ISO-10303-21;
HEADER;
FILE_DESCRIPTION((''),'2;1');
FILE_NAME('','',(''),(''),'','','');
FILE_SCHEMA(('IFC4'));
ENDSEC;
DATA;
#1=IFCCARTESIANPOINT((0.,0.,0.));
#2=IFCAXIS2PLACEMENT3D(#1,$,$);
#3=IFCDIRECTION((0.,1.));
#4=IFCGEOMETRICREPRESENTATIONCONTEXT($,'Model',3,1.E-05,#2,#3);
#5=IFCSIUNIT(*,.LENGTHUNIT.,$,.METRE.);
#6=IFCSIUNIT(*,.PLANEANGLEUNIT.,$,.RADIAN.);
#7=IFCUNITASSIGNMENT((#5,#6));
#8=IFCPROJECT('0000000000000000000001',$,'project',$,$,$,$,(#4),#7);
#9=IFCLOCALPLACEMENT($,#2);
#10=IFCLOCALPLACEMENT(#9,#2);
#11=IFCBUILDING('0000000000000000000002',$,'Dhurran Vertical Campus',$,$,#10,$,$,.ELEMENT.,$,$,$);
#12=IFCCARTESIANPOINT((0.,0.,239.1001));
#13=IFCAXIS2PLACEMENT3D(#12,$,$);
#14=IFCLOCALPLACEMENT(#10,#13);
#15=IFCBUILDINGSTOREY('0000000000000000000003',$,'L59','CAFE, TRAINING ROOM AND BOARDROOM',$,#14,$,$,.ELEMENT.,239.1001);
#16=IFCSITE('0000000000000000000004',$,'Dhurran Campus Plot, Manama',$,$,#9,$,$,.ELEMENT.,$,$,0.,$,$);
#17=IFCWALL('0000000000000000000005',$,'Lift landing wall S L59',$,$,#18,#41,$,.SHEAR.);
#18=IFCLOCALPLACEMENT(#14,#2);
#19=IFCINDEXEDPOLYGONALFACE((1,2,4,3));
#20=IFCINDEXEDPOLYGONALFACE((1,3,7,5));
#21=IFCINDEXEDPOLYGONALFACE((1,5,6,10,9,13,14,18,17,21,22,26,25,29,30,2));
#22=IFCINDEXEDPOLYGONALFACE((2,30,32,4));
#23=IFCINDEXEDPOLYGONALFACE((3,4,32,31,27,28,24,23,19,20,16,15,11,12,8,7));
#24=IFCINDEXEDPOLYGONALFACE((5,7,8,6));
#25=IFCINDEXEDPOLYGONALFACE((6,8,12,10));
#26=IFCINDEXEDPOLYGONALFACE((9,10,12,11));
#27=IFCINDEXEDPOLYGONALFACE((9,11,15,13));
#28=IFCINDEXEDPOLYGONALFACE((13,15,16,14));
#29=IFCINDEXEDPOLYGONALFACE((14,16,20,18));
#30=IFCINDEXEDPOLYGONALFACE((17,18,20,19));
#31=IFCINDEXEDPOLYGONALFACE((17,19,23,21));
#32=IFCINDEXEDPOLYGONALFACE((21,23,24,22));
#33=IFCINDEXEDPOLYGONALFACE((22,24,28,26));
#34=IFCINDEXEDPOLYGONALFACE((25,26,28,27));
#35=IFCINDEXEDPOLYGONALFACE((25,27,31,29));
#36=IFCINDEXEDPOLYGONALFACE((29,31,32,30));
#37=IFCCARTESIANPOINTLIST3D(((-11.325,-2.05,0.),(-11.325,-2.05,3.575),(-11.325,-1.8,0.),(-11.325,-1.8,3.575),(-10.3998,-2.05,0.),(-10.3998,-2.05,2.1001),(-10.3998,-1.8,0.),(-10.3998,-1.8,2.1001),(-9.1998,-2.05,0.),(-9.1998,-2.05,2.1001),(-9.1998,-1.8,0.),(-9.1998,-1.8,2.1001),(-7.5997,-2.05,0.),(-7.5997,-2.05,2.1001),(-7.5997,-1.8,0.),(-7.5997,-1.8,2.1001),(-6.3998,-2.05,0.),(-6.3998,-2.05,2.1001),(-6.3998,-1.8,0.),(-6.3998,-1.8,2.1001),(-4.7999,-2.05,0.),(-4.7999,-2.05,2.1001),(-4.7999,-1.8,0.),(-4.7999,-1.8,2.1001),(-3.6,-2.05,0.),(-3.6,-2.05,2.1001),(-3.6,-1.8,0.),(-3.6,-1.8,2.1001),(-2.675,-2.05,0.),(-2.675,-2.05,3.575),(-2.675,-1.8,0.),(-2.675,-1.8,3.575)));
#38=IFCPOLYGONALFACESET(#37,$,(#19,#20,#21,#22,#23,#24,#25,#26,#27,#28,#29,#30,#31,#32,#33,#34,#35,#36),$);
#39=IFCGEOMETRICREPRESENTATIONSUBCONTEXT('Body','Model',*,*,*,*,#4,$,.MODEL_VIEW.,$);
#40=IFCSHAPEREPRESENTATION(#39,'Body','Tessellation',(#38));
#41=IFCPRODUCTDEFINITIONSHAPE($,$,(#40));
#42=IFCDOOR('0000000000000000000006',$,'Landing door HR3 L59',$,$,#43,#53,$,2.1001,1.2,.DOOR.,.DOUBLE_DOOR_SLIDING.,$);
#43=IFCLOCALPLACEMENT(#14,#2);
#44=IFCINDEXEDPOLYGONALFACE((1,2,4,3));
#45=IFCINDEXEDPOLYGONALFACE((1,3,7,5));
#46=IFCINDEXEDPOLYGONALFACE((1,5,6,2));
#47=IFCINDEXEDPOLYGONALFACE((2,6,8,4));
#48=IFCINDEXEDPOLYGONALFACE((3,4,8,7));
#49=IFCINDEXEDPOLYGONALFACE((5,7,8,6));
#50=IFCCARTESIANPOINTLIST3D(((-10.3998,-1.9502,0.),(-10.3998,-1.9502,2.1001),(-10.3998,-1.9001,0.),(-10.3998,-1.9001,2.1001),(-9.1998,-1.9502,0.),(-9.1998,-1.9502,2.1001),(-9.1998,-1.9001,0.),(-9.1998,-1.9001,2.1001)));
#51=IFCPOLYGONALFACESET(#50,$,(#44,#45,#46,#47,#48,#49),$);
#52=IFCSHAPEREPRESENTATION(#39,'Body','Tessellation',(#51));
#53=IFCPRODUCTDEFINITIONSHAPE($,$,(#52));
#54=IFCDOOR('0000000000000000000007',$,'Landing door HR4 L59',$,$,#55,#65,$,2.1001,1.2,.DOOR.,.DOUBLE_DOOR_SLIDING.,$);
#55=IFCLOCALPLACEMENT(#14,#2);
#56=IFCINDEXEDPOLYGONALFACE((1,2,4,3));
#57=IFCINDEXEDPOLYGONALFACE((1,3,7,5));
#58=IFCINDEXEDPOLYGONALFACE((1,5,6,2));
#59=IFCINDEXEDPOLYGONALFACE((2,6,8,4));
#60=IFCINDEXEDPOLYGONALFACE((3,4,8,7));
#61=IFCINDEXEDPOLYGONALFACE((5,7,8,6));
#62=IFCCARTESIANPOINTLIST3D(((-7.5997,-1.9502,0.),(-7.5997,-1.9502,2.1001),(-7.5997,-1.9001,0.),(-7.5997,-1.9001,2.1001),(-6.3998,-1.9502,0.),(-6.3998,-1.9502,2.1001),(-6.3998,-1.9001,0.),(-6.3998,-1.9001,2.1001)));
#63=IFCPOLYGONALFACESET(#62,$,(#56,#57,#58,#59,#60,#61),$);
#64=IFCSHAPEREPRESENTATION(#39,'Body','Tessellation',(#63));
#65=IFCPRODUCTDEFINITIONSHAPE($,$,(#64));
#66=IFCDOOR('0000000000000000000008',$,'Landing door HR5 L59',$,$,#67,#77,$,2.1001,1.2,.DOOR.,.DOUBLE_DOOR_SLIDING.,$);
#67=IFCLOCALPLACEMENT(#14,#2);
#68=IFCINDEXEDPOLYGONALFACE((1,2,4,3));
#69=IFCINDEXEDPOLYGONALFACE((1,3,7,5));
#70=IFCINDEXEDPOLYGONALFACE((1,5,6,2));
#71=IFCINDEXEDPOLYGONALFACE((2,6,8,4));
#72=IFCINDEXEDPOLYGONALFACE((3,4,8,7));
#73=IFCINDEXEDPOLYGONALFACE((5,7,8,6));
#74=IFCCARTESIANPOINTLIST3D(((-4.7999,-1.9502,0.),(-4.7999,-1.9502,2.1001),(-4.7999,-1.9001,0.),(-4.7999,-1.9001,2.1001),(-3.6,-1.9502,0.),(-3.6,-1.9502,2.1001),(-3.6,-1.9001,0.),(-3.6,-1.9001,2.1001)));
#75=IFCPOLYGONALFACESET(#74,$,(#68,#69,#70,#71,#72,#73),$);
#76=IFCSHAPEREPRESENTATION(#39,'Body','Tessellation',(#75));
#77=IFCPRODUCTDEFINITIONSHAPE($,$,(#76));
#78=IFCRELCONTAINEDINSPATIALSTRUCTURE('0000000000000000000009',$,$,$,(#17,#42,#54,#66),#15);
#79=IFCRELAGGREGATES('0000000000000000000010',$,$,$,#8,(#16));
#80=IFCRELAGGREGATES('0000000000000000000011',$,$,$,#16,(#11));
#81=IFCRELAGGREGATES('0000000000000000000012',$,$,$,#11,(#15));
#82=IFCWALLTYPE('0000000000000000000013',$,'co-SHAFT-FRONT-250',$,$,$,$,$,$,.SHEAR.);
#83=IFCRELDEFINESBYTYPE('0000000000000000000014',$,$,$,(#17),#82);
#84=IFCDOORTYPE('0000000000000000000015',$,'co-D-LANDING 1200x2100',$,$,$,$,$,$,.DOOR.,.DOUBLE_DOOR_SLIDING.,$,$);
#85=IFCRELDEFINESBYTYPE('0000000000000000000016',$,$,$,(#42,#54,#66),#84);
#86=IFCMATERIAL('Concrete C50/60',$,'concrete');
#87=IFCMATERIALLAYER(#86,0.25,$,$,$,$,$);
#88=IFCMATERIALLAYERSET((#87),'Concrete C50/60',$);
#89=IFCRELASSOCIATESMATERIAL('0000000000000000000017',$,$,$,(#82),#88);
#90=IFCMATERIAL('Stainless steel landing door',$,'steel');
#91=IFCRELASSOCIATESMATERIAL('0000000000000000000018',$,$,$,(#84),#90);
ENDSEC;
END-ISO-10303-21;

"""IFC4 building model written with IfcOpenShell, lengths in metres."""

from ifc_helpers import new_model, si_unit, direction, frame, frame_2d, origin, place, context, subcontext, project, spatial, rectangle, extrude, material, layer, layer_set, type_object, element, fill, save


model = new_model("IFC4")

# Units and contexts
model_context = context("Model", 3, precision=1e-05, world=origin(), true_north=direction((0.0, 1.0)))
body_context = subcontext(model_context, "Body", "Model", "MODEL_VIEW")
ifc_project = project(units=[si_unit("LENGTHUNIT", "METRE"), si_unit("PLANEANGLEUNIT", "RADIAN")], contexts=[model_context])

# Site, building, storey
site_placement = place(None, origin())
site = spatial("IfcSite", under=ifc_project, at=site_placement, Name="Dhurran Campus Plot, Manama", CompositionType="ELEMENT", RefElevation=0.0)
building_placement = place(site_placement, origin())
building = spatial("IfcBuilding", under=site, at=building_placement, Name="Dhurran Vertical Campus", CompositionType="ELEMENT")
storey_placement = place(building_placement, frame((0.0, 0.0, 239.1001)))
storey = spatial("IfcBuildingStorey", under=building, at=storey_placement, Name="L59", Description="CAFE, TRAINING ROOM AND BOARDROOM", CompositionType="ELEMENT", Elevation=239.1001)

# Wall, openings, doors
ifc_material_1 = material(Name="Concrete C50/60", Category="concrete")
ifc_layer_1 = layer(ifc_material_1, 0.25)
ifc_layer_set_1 = layer_set([ifc_layer_1], Name="Concrete C50/60")
wall_type_1 = type_object("IfcWallType", Name="co-SHAFT-FRONT-250", PredefinedType="SHEAR", material=ifc_layer_set_1)
wall_1_placement = place(storey_placement, frame((-11.325, -1.925, 0.0), z_axis=(0.0, 0.0, 1.0), x_axis=(1.0, 0.0, 0.0)))
wall_1 = element("IfcWall", 1, at=wall_1_placement, inside=storey, type_object=wall_type_1, Name="Lift landing wall S L59", PredefinedType="SHEAR", context=body_context, shape_type="SweptSolid", body=[
    extrude(rectangle(XDim=8.6499, YDim=0.25, at=frame_2d((4.325, 0.0))), origin(), (0.0, 0.0, 1.0), 3.575),
])
opening_1_placement = place(wall_1_placement, frame((0.925, 0.0, 0.0)))
opening_1 = element("IfcOpeningElement", 2, at=opening_1_placement, cuts=wall_1, PredefinedType="OPENING", context=body_context, shape_type="SweptSolid", body=[
    extrude(rectangle(XDim=1.2, YDim=2.1001, at=frame_2d((0.6001, 1.05))), frame((0.0, 0.135, 0.0), z_axis=(0.0, -1.0, 0.0), x_axis=(1.0, 0.0, 0.0)), (0.0, 0.0, 1.0), 0.27),
])
opening_2_placement = place(wall_1_placement, frame((3.7251, 0.0, 0.0)))
opening_2 = element("IfcOpeningElement", 3, at=opening_2_placement, cuts=wall_1, PredefinedType="OPENING", context=body_context, shape_type="SweptSolid", body=[
    extrude(rectangle(XDim=1.2, YDim=2.1001, at=frame_2d((0.6001, 1.05))), frame((0.0, 0.135, 0.0), z_axis=(0.0, -1.0, 0.0), x_axis=(1.0, 0.0, 0.0)), (0.0, 0.0, 1.0), 0.27),
])
opening_3_placement = place(wall_1_placement, frame((6.5249, 0.0, 0.0)))
opening_3 = element("IfcOpeningElement", 4, at=opening_3_placement, cuts=wall_1, PredefinedType="OPENING", context=body_context, shape_type="SweptSolid", body=[
    extrude(rectangle(XDim=1.2, YDim=2.1001, at=frame_2d((0.6001, 1.05))), frame((0.0, 0.135, 0.0), z_axis=(0.0, -1.0, 0.0), x_axis=(1.0, 0.0, 0.0)), (0.0, 0.0, 1.0), 0.27),
])
ifc_material_2 = material(Name="Stainless steel landing door", Category="steel")
door_type_1 = type_object("IfcDoorType", Name="co-D-LANDING 1200x2100", OperationType="DOUBLE_DOOR_SLIDING", PredefinedType="DOOR", material=ifc_material_2)
door_1_placement = place(opening_1_placement, origin())
door_1 = element("IfcDoor", 5, at=door_1_placement, inside=storey, type_object=door_type_1, Name="Landing door HR3 L59", OperationType="DOUBLE_DOOR_SLIDING", OverallHeight=2.1001, OverallWidth=1.2, PredefinedType="DOOR", context=body_context, shape_type="SweptSolid", body=[
    extrude(rectangle(XDim=1.2, YDim=2.1001, at=frame_2d((0.6001, 1.05))), frame((0.0, 0.0249, 0.0), z_axis=(0.0, -1.0, 0.0), x_axis=(1.0, 0.0, 0.0)), (0.0, 0.0, 1.0), 0.05),
])
fill(opening_1, door_1)
door_2_placement = place(opening_2_placement, origin())
door_2 = element("IfcDoor", 6, at=door_2_placement, inside=storey, type_object=door_type_1, Name="Landing door HR4 L59", OperationType="DOUBLE_DOOR_SLIDING", OverallHeight=2.1001, OverallWidth=1.2, PredefinedType="DOOR", context=body_context, shape_type="SweptSolid", body=[
    extrude(rectangle(XDim=1.2, YDim=2.1001, at=frame_2d((0.6001, 1.05))), frame((0.0, 0.0249, 0.0), z_axis=(0.0, -1.0, 0.0), x_axis=(1.0, 0.0, 0.0)), (0.0, 0.0, 1.0), 0.05),
])
fill(opening_2, door_2)
door_3_placement = place(opening_3_placement, origin())
door_3 = element("IfcDoor", 7, at=door_3_placement, inside=storey, type_object=door_type_1, Name="Landing door HR5 L59", OperationType="DOUBLE_DOOR_SLIDING", OverallHeight=2.1001, OverallWidth=1.2, PredefinedType="DOOR", context=body_context, shape_type="SweptSolid", body=[
    extrude(rectangle(XDim=1.2, YDim=2.1001, at=frame_2d((0.6001, 1.05))), frame((0.0, 0.0249, 0.0), z_axis=(0.0, -1.0, 0.0), x_axis=(1.0, 0.0, 0.0)), (0.0, 0.0, 1.0), 0.05),
])
fill(opening_3, door_3)

save(model, "model.ifc")
